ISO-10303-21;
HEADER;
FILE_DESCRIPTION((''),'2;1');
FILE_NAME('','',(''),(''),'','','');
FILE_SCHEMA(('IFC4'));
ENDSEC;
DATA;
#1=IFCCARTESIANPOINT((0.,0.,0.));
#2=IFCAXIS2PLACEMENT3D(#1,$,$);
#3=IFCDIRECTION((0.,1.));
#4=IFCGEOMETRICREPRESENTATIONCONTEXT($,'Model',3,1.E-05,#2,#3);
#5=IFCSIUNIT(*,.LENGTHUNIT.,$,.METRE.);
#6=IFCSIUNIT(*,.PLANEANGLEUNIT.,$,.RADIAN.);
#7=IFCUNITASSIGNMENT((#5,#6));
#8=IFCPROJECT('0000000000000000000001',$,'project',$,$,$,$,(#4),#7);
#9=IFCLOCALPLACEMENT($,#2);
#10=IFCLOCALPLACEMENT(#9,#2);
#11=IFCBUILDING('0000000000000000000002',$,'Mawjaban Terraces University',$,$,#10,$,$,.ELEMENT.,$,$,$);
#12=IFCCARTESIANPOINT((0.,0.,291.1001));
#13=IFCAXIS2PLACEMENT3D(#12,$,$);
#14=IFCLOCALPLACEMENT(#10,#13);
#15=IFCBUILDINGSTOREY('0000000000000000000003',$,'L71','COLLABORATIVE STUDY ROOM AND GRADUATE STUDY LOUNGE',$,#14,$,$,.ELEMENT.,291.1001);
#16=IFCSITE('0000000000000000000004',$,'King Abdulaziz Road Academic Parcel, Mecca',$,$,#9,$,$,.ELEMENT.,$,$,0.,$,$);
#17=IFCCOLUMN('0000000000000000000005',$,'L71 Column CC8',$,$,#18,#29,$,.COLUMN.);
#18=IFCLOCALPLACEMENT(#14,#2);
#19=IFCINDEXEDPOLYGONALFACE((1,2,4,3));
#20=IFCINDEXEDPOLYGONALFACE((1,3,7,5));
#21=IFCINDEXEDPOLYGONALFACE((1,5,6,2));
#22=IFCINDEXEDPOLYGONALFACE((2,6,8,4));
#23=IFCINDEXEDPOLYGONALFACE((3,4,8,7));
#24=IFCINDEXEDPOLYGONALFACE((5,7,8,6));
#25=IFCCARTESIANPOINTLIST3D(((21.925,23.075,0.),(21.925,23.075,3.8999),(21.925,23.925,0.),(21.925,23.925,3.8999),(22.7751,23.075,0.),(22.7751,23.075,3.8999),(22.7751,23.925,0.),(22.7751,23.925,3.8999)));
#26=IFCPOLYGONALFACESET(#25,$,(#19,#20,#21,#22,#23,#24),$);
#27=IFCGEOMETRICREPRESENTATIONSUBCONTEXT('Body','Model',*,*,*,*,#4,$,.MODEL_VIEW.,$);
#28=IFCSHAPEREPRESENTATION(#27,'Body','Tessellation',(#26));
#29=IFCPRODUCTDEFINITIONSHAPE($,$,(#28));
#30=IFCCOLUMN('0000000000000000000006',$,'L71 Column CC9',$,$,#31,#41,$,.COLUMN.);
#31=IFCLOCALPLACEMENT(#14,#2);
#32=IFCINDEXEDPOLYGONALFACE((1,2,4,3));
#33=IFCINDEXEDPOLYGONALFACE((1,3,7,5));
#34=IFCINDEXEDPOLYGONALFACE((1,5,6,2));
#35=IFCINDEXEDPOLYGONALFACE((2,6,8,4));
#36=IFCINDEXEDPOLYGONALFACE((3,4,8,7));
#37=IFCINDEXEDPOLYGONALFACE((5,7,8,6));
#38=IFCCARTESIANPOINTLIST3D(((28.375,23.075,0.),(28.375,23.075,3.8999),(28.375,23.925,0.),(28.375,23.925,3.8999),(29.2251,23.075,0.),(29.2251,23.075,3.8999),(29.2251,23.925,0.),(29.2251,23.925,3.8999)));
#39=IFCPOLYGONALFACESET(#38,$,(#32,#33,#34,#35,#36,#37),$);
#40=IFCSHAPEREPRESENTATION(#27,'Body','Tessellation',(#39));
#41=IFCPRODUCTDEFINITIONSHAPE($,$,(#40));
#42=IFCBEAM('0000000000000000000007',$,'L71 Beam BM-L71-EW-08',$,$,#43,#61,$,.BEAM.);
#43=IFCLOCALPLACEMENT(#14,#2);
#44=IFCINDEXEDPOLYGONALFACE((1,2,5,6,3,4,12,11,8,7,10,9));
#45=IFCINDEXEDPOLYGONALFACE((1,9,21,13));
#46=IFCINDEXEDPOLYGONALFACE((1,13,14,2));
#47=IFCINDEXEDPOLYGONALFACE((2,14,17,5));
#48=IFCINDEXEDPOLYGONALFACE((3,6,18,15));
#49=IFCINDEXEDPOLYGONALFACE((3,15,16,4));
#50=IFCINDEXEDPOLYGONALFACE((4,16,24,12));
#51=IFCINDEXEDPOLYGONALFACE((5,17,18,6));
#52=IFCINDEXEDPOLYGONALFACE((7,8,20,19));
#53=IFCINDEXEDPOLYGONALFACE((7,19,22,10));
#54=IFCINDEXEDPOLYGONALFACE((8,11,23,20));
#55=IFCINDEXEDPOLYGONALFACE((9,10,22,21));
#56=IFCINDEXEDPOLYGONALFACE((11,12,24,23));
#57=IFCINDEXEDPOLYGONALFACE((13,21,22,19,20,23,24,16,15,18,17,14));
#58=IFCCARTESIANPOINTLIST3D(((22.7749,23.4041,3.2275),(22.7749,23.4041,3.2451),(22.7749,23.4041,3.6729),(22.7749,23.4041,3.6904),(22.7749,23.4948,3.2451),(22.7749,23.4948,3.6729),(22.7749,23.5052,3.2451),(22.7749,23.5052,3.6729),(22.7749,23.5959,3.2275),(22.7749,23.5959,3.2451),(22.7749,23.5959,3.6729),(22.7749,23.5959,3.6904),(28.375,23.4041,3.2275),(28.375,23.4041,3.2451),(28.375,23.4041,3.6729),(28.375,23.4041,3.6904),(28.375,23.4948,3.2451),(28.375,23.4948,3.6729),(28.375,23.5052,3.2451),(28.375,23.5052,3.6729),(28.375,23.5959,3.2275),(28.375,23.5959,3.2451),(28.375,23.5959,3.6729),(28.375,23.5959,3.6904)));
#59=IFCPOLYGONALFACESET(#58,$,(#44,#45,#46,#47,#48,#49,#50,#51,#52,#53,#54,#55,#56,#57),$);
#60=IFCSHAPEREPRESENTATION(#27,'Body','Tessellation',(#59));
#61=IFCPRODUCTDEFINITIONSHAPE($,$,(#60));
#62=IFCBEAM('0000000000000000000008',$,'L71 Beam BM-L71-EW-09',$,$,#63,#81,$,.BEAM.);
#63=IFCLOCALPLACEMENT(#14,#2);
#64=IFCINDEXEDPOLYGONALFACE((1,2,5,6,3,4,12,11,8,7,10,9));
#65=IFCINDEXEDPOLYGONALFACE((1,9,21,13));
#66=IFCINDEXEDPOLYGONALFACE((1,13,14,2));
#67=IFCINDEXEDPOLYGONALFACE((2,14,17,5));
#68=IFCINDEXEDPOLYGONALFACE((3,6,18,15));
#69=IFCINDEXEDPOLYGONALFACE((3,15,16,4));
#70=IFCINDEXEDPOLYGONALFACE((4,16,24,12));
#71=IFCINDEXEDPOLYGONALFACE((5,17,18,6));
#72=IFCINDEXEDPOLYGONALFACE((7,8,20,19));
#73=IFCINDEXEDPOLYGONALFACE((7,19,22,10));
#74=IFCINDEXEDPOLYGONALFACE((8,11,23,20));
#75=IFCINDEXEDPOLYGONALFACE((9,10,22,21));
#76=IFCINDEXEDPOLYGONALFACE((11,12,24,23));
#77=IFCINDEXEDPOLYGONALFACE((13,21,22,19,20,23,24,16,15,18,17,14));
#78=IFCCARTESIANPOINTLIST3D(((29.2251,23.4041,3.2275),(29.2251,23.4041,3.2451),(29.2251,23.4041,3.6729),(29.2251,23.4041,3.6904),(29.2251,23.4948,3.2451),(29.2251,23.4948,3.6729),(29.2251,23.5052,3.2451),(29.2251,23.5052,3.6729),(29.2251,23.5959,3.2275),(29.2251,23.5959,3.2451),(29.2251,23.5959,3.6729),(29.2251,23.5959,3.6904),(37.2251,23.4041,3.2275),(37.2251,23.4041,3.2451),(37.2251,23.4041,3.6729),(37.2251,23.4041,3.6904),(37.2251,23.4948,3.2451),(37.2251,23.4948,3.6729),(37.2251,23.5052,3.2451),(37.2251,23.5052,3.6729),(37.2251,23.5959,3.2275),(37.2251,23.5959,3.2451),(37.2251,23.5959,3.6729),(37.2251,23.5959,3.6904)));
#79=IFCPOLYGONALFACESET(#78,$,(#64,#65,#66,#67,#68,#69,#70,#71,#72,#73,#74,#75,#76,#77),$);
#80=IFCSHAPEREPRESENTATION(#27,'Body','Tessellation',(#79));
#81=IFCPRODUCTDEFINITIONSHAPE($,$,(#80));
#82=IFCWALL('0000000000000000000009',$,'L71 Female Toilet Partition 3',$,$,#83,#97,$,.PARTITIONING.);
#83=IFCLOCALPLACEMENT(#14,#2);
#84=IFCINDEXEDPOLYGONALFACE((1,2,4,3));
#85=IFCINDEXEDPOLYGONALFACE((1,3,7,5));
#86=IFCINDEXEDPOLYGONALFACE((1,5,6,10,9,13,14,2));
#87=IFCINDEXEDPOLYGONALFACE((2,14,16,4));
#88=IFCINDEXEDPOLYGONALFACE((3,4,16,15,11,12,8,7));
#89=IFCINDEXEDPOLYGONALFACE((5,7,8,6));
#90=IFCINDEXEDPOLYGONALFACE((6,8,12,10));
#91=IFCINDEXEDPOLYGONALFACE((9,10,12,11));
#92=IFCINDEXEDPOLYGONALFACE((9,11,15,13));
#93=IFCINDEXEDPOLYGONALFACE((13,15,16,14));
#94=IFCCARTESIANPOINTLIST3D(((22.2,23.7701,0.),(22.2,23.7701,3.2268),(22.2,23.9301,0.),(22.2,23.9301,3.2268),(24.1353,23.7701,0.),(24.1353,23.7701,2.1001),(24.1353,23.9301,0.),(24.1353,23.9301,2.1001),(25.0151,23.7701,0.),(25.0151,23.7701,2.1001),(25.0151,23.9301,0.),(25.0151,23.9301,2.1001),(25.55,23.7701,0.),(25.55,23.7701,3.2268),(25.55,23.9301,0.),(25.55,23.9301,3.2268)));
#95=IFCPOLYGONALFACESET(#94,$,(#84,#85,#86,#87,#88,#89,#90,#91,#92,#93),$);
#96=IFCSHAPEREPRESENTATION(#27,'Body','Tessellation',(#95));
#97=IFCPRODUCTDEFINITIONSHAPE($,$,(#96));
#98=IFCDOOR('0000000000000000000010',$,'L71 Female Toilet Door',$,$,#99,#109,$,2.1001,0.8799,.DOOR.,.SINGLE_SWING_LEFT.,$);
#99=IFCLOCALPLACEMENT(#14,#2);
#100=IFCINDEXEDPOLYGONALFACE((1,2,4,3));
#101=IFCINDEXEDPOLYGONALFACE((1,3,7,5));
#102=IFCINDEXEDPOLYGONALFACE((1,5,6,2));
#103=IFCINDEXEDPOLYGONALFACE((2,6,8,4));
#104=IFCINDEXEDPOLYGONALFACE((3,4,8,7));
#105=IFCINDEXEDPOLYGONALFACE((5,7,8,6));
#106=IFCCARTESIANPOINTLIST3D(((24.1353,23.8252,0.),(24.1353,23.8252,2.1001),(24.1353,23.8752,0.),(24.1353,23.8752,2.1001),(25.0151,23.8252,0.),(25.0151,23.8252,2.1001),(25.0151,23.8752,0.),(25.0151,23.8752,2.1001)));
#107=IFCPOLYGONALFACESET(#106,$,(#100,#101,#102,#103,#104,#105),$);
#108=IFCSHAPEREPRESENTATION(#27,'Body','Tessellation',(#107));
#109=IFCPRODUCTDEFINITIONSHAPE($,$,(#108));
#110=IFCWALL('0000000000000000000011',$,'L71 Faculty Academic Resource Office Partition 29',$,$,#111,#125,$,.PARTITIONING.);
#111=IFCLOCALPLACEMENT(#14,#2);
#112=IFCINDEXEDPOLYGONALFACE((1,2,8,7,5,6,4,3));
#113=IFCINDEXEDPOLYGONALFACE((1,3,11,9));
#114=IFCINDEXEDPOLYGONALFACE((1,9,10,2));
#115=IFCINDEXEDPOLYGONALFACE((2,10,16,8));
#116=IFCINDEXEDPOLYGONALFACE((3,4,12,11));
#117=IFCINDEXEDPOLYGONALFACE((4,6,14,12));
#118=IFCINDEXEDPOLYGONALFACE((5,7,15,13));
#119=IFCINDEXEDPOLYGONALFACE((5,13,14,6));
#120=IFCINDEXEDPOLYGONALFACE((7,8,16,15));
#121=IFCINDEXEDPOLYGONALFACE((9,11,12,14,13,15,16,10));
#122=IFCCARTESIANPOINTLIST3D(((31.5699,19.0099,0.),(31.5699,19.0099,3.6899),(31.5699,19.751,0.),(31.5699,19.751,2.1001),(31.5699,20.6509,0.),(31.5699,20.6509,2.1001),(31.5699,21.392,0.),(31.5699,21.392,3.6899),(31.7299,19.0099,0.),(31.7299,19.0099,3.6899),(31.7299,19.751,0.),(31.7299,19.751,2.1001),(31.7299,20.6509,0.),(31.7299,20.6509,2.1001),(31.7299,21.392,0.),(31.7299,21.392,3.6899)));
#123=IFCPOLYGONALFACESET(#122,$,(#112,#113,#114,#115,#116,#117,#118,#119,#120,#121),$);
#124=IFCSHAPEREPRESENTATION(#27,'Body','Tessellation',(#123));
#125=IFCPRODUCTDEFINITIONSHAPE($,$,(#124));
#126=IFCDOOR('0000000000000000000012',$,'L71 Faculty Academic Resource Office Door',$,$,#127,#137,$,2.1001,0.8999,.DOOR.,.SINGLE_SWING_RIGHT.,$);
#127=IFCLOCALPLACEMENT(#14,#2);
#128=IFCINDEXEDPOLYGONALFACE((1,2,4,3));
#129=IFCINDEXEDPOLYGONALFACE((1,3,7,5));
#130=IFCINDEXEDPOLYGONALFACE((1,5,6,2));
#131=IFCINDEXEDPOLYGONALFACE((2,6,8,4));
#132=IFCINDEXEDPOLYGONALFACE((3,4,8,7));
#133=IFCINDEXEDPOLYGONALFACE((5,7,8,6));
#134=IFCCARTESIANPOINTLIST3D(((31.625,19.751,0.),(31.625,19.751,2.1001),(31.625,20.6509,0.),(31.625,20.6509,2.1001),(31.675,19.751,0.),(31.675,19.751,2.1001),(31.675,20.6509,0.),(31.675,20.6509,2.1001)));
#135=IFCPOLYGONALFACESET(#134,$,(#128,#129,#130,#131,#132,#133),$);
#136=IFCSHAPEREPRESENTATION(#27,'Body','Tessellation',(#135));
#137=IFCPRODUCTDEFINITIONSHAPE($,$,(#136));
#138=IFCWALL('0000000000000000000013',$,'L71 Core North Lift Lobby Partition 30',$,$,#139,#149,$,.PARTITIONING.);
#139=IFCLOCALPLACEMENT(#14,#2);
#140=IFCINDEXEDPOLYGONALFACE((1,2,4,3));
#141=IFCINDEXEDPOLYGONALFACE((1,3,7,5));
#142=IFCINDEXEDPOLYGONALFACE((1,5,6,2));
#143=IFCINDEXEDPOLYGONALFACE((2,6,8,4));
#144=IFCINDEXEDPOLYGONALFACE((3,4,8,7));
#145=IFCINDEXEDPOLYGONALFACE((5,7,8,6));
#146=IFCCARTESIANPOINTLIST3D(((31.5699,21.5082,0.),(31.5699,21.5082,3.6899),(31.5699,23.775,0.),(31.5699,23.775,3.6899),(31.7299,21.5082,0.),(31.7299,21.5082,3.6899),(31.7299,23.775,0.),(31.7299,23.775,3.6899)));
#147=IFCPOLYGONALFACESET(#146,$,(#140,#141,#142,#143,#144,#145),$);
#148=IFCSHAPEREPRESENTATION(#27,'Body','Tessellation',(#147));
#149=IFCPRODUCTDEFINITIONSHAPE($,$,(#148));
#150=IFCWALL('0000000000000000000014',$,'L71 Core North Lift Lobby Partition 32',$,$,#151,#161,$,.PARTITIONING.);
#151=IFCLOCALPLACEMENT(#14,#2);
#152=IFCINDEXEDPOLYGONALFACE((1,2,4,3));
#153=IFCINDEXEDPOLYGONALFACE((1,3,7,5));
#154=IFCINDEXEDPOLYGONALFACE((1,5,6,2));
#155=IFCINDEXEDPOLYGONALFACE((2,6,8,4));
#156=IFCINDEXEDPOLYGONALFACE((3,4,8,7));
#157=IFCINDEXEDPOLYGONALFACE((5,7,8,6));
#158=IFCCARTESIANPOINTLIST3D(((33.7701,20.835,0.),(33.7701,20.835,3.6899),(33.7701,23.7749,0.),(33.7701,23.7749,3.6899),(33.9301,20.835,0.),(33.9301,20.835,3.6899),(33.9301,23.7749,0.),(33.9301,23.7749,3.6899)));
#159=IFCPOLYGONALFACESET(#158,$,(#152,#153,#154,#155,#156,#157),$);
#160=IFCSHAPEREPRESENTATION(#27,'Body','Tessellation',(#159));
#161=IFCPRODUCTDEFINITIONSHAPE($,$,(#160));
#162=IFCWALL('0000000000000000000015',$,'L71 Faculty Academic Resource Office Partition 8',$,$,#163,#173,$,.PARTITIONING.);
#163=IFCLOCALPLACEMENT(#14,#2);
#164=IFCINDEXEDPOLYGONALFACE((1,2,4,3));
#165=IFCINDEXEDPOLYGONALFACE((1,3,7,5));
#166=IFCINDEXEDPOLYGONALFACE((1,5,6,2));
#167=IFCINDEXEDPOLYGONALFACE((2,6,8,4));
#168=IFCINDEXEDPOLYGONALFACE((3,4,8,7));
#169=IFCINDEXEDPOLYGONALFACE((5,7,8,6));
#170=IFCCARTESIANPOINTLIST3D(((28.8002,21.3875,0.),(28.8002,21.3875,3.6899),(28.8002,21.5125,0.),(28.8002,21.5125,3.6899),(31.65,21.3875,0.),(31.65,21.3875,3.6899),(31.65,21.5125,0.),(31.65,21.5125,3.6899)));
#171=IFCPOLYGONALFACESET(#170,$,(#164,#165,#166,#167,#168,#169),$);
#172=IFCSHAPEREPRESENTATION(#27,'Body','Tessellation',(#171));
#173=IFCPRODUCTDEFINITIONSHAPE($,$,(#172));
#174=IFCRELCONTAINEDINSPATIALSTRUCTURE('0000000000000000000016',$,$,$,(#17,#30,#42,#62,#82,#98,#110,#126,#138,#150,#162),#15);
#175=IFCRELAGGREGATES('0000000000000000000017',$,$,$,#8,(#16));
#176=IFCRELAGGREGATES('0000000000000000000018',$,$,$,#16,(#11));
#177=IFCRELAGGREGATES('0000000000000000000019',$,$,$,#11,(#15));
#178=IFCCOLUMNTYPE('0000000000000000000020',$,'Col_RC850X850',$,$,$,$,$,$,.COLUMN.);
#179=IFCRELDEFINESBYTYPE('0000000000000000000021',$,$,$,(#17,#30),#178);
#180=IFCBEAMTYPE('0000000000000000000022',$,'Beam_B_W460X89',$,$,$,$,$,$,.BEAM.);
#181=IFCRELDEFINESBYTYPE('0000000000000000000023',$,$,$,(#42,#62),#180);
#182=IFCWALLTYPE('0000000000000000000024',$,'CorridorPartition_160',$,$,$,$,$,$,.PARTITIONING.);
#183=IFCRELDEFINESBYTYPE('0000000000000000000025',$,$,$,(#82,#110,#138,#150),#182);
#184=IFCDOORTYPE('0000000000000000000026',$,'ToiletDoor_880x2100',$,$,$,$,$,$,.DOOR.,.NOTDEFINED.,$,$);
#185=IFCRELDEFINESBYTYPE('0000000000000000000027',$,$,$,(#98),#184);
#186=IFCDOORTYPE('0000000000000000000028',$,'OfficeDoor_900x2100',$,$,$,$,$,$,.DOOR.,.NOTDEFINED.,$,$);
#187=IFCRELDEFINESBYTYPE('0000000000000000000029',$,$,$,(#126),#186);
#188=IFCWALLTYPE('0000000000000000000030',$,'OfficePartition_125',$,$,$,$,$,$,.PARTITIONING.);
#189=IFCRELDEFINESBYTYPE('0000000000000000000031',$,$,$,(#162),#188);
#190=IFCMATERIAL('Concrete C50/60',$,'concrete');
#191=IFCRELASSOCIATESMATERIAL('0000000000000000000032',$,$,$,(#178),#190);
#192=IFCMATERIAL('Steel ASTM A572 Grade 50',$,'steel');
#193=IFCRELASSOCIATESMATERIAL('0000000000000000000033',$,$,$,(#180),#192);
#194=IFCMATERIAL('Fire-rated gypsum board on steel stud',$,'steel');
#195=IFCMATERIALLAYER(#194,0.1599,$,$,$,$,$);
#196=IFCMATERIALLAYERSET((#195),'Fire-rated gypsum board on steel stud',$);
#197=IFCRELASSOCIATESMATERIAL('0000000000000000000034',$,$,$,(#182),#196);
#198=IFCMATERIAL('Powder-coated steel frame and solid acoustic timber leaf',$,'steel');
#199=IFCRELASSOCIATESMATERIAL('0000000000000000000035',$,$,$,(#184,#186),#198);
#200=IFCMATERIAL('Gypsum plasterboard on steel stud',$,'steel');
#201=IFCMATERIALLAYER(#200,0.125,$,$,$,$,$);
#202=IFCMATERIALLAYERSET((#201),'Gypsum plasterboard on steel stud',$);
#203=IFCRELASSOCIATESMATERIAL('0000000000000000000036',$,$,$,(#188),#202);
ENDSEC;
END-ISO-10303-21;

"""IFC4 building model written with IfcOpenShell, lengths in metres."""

from ifc_helpers import new_model, si_unit, direction, frame, frame_2d, origin, origin_2d, place, context, subcontext, project, spatial, rectangle, i_section, extrude, material, layer, layer_set, material_profile, profile_set, type_object, element, fill, save


model = new_model("IFC4")

# Units and contexts
model_context = context("Model", 3, precision=1e-05, world=origin(), true_north=direction((0.0, 1.0)))
body_context = subcontext(model_context, "Body", "Model", "MODEL_VIEW")
ifc_project = project(units=[si_unit("LENGTHUNIT", "METRE"), si_unit("PLANEANGLEUNIT", "RADIAN")], contexts=[model_context])

# Site, building, storey
site_placement = place(None, origin())
site = spatial("IfcSite", under=ifc_project, at=site_placement, Name="King Abdulaziz Road Academic Parcel, Mecca", CompositionType="ELEMENT", RefElevation=0.0)
building_placement = place(site_placement, origin())
building = spatial("IfcBuilding", under=site, at=building_placement, Name="Mawjaban Terraces University", CompositionType="ELEMENT")
storey_placement = place(building_placement, frame((0.0, 0.0, 291.1001)))
storey = spatial("IfcBuildingStorey", under=building, at=storey_placement, Name="L71", Description="COLLABORATIVE STUDY ROOM AND GRADUATE STUDY LOUNGE", CompositionType="ELEMENT", Elevation=291.1001)

# Columns
ifc_material_1 = material(Name="Concrete C50/60", Category="concrete")
ifc_material_profile_1 = material_profile(ifc_material_1, rectangle(XDim=0.8501, YDim=0.8501, at=origin_2d()), Name="RC850X850")
ifc_profile_set_1 = profile_set([ifc_material_profile_1], Name="Concrete C50/60")
column_type = type_object("IfcColumnType", Name="Col_RC850X850", PredefinedType="COLUMN", material=ifc_profile_set_1)
for number, where, z_axis, x_axis, name in (
    (1, (22.3501, 23.5, 0.0), (0.0, 0.0, 1.0), (1.0, 0.0, 0.0), "L71 Column CC8"),
    (2, (28.8, 23.5, 0.0), (0.0, 0.0, 1.0), (1.0, 0.0, 0.0), "L71 Column CC9"),
):
    element("IfcColumn", number, at=place(storey_placement, frame(where, z_axis=z_axis, x_axis=x_axis)), inside=storey, type_object=column_type, Name=name, PredefinedType="COLUMN", context=body_context, shape_type="SweptSolid", body=[
        extrude(rectangle(XDim=0.8501, YDim=0.8501, at=origin_2d()), origin(), (0.0, 0.0, 1.0), 3.8999),
    ])

# Beams
ifc_material_2 = material(Name="Steel ASTM A572 Grade 50", Category="steel")
ifc_material_profile_2 = material_profile(ifc_material_2, i_section(OverallWidth=0.1919, OverallDepth=0.4629, WebThickness=0.0105, FlangeThickness=0.0176, at=origin_2d()), Name="W460X89")
ifc_profile_set_2 = profile_set([ifc_material_profile_2], Name="Steel ASTM A572 Grade 50")
beam_type = type_object("IfcBeamType", Name="Beam_B_W460X89", PredefinedType="BEAM", material=ifc_profile_set_2)
beam_1_placement = place(storey_placement, frame((22.7749, 23.5, 3.459), z_axis=(1.0, 0.0, 0.0), x_axis=(0.0, 1.0, 0.0)))
element("IfcBeam", 3, at=beam_1_placement, inside=storey, type_object=beam_type, Name="L71 Beam BM-L71-EW-08", PredefinedType="BEAM", context=body_context, shape_type="SweptSolid", body=[
    extrude(i_section(OverallWidth=0.1919, OverallDepth=0.4629, WebThickness=0.0105, FlangeThickness=0.0176, at=origin_2d()), origin(), (0.0, 0.0, 1.0), 5.6001),
])
beam_2_placement = place(storey_placement, frame((29.2251, 23.5, 3.459), z_axis=(1.0, 0.0, 0.0), x_axis=(0.0, 1.0, 0.0)))
element("IfcBeam", 4, at=beam_2_placement, inside=storey, type_object=beam_type, Name="L71 Beam BM-L71-EW-09", PredefinedType="BEAM", context=body_context, shape_type="SweptSolid", body=[
    extrude(i_section(OverallWidth=0.1919, OverallDepth=0.4629, WebThickness=0.0105, FlangeThickness=0.0176, at=origin_2d()), origin(), (0.0, 0.0, 1.0), 8.0),
])

# Walls, openings, doors
ifc_material_3 = material(Name="Fire-rated gypsum board on steel stud", Category="steel")
ifc_layer_1 = layer(ifc_material_3, 0.1599)
ifc_layer_set_1 = layer_set([ifc_layer_1], Name="Fire-rated gypsum board on steel stud")
wall_type_1 = type_object("IfcWallType", Name="CorridorPartition_160", PredefinedType="PARTITIONING", material=ifc_layer_set_1)
wall_1_placement = place(storey_placement, frame((25.55, 23.8501, 0.0), z_axis=(0.0, 0.0, 1.0), x_axis=(-1.0, 0.0, 0.0)))
wall_1 = element("IfcWall", 5, at=wall_1_placement, inside=storey, type_object=wall_type_1, Name="L71 Female Toilet Partition 3", PredefinedType="PARTITIONING", context=body_context, shape_type="SweptSolid", body=[
    extrude(rectangle(XDim=3.3501, YDim=0.1599, at=frame_2d((1.675, 0.0))), origin(), (0.0, 0.0, 1.0), 3.2268),
])
opening_1_placement = place(wall_1_placement, frame((0.5349, 0.0, 0.0)))
opening_1 = element("IfcOpeningElement", 6, at=opening_1_placement, cuts=wall_1, PredefinedType="OPENING", context=body_context, shape_type="SweptSolid", body=[
    extrude(rectangle(XDim=0.8799, YDim=2.1001, at=frame_2d((0.4399, 1.05))), frame((0.0, 0.0898, 0.0), z_axis=(0.0, -1.0, 0.0), x_axis=(1.0, 0.0, 0.0)), (0.0, 0.0, 1.0), 0.1799),
])
ifc_material_4 = material(Name="Powder-coated steel frame and solid acoustic timber leaf", Category="steel")
door_type_1 = type_object("IfcDoorType", Name="ToiletDoor_880x2100", OperationType="NOTDEFINED", PredefinedType="DOOR", material=ifc_material_4)
door_1_placement = place(opening_1_placement, origin())
door_1 = element("IfcDoor", 7, at=door_1_placement, inside=storey, type_object=door_type_1, Name="L71 Female Toilet Door", OperationType="SINGLE_SWING_LEFT", OverallHeight=2.1001, OverallWidth=0.8799, PredefinedType="DOOR", context=body_context, shape_type="SweptSolid", body=[
    extrude(rectangle(XDim=0.8799, YDim=2.1001, at=frame_2d((0.4399, 1.05))), frame((0.0, 0.0249, 0.0), z_axis=(0.0, -1.0, 0.0), x_axis=(1.0, 0.0, 0.0)), (0.0, 0.0, 1.0), 0.05),
])
fill(opening_1, door_1)
wall_2_placement = place(storey_placement, frame((31.6499, 19.01, 0.0), z_axis=(0.0, 0.0, 1.0), x_axis=(0.0, 1.0, 0.0)))
wall_2 = element("IfcWall", 8, at=wall_2_placement, inside=storey, type_object=wall_type_1, Name="L71 Faculty Academic Resource Office Partition 29", PredefinedType="PARTITIONING", context=body_context, shape_type="SweptSolid", body=[
    extrude(rectangle(XDim=2.3821, YDim=0.1599, at=frame_2d((1.1909, 0.0))), origin(), (0.0, 0.0, 1.0), 3.6899),
])
opening_2_placement = place(wall_2_placement, frame((0.741, 0.0, 0.0)))
opening_2 = element("IfcOpeningElement", 9, at=opening_2_placement, cuts=wall_2, PredefinedType="OPENING", context=body_context, shape_type="SweptSolid", body=[
    extrude(rectangle(XDim=0.8999, YDim=2.1001, at=frame_2d((0.45, 1.05))), frame((0.0, 0.0898, 0.0), z_axis=(0.0, -1.0, 0.0), x_axis=(1.0, 0.0, 0.0)), (0.0, 0.0, 1.0), 0.1799),
])
door_type_2 = type_object("IfcDoorType", Name="OfficeDoor_900x2100", OperationType="NOTDEFINED", PredefinedType="DOOR", material=ifc_material_4)
door_2_placement = place(opening_2_placement, origin())
door_2 = element("IfcDoor", 10, at=door_2_placement, inside=storey, type_object=door_type_2, Name="L71 Faculty Academic Resource Office Door", OperationType="SINGLE_SWING_RIGHT", OverallHeight=2.1001, OverallWidth=0.8999, PredefinedType="DOOR", context=body_context, shape_type="SweptSolid", body=[
    extrude(rectangle(XDim=0.8999, YDim=2.1001, at=frame_2d((0.45, 1.05))), frame((0.0, 0.0249, 0.0), z_axis=(0.0, -1.0, 0.0), x_axis=(1.0, 0.0, 0.0)), (0.0, 0.0, 1.0), 0.05),
])
fill(opening_2, door_2)

# Walls
wall_3_placement = place(storey_placement, frame((31.6499, 23.7749, 0.0), z_axis=(0.0, 0.0, 1.0), x_axis=(0.0, -1.0, 0.0)))
element("IfcWall", 11, at=wall_3_placement, inside=storey, type_object=wall_type_1, Name="L71 Core North Lift Lobby Partition 30", PredefinedType="PARTITIONING", context=body_context, shape_type="SweptSolid", body=[
    extrude(rectangle(XDim=2.2668, YDim=0.1599, at=frame_2d((1.1333, 0.0))), origin(), (0.0, 0.0, 1.0), 3.6899),
])
wall_4_placement = place(storey_placement, frame((33.8501, 20.835, 0.0), z_axis=(0.0, 0.0, 1.0), x_axis=(0.0, 1.0, 0.0)))
element("IfcWall", 12, at=wall_4_placement, inside=storey, type_object=wall_type_1, Name="L71 Core North Lift Lobby Partition 32", PredefinedType="PARTITIONING", context=body_context, shape_type="SweptSolid", body=[
    extrude(rectangle(XDim=2.9399, YDim=0.1599, at=frame_2d((1.47, 0.0))), origin(), (0.0, 0.0, 1.0), 3.6899),
])
ifc_material_5 = material(Name="Gypsum plasterboard on steel stud", Category="steel")
ifc_layer_2 = layer(ifc_material_5, 0.125)
ifc_layer_set_2 = layer_set([ifc_layer_2], Name="Gypsum plasterboard on steel stud")
wall_type_2 = type_object("IfcWallType", Name="OfficePartition_125", PredefinedType="PARTITIONING", material=ifc_layer_set_2)
wall_5_placement = place(storey_placement, frame((31.6499, 21.45, 0.0), z_axis=(0.0, 0.0, 1.0), x_axis=(-1.0, 0.0, 0.0)))
element("IfcWall", 13, at=wall_5_placement, inside=storey, type_object=wall_type_2, Name="L71 Faculty Academic Resource Office Partition 8", PredefinedType="PARTITIONING", context=body_context, shape_type="SweptSolid", body=[
    extrude(rectangle(XDim=2.8499, YDim=0.125, at=frame_2d((1.4248, 0.0))), origin(), (0.0, 0.0, 1.0), 3.6899),
])

save(model, "model.ifc")
